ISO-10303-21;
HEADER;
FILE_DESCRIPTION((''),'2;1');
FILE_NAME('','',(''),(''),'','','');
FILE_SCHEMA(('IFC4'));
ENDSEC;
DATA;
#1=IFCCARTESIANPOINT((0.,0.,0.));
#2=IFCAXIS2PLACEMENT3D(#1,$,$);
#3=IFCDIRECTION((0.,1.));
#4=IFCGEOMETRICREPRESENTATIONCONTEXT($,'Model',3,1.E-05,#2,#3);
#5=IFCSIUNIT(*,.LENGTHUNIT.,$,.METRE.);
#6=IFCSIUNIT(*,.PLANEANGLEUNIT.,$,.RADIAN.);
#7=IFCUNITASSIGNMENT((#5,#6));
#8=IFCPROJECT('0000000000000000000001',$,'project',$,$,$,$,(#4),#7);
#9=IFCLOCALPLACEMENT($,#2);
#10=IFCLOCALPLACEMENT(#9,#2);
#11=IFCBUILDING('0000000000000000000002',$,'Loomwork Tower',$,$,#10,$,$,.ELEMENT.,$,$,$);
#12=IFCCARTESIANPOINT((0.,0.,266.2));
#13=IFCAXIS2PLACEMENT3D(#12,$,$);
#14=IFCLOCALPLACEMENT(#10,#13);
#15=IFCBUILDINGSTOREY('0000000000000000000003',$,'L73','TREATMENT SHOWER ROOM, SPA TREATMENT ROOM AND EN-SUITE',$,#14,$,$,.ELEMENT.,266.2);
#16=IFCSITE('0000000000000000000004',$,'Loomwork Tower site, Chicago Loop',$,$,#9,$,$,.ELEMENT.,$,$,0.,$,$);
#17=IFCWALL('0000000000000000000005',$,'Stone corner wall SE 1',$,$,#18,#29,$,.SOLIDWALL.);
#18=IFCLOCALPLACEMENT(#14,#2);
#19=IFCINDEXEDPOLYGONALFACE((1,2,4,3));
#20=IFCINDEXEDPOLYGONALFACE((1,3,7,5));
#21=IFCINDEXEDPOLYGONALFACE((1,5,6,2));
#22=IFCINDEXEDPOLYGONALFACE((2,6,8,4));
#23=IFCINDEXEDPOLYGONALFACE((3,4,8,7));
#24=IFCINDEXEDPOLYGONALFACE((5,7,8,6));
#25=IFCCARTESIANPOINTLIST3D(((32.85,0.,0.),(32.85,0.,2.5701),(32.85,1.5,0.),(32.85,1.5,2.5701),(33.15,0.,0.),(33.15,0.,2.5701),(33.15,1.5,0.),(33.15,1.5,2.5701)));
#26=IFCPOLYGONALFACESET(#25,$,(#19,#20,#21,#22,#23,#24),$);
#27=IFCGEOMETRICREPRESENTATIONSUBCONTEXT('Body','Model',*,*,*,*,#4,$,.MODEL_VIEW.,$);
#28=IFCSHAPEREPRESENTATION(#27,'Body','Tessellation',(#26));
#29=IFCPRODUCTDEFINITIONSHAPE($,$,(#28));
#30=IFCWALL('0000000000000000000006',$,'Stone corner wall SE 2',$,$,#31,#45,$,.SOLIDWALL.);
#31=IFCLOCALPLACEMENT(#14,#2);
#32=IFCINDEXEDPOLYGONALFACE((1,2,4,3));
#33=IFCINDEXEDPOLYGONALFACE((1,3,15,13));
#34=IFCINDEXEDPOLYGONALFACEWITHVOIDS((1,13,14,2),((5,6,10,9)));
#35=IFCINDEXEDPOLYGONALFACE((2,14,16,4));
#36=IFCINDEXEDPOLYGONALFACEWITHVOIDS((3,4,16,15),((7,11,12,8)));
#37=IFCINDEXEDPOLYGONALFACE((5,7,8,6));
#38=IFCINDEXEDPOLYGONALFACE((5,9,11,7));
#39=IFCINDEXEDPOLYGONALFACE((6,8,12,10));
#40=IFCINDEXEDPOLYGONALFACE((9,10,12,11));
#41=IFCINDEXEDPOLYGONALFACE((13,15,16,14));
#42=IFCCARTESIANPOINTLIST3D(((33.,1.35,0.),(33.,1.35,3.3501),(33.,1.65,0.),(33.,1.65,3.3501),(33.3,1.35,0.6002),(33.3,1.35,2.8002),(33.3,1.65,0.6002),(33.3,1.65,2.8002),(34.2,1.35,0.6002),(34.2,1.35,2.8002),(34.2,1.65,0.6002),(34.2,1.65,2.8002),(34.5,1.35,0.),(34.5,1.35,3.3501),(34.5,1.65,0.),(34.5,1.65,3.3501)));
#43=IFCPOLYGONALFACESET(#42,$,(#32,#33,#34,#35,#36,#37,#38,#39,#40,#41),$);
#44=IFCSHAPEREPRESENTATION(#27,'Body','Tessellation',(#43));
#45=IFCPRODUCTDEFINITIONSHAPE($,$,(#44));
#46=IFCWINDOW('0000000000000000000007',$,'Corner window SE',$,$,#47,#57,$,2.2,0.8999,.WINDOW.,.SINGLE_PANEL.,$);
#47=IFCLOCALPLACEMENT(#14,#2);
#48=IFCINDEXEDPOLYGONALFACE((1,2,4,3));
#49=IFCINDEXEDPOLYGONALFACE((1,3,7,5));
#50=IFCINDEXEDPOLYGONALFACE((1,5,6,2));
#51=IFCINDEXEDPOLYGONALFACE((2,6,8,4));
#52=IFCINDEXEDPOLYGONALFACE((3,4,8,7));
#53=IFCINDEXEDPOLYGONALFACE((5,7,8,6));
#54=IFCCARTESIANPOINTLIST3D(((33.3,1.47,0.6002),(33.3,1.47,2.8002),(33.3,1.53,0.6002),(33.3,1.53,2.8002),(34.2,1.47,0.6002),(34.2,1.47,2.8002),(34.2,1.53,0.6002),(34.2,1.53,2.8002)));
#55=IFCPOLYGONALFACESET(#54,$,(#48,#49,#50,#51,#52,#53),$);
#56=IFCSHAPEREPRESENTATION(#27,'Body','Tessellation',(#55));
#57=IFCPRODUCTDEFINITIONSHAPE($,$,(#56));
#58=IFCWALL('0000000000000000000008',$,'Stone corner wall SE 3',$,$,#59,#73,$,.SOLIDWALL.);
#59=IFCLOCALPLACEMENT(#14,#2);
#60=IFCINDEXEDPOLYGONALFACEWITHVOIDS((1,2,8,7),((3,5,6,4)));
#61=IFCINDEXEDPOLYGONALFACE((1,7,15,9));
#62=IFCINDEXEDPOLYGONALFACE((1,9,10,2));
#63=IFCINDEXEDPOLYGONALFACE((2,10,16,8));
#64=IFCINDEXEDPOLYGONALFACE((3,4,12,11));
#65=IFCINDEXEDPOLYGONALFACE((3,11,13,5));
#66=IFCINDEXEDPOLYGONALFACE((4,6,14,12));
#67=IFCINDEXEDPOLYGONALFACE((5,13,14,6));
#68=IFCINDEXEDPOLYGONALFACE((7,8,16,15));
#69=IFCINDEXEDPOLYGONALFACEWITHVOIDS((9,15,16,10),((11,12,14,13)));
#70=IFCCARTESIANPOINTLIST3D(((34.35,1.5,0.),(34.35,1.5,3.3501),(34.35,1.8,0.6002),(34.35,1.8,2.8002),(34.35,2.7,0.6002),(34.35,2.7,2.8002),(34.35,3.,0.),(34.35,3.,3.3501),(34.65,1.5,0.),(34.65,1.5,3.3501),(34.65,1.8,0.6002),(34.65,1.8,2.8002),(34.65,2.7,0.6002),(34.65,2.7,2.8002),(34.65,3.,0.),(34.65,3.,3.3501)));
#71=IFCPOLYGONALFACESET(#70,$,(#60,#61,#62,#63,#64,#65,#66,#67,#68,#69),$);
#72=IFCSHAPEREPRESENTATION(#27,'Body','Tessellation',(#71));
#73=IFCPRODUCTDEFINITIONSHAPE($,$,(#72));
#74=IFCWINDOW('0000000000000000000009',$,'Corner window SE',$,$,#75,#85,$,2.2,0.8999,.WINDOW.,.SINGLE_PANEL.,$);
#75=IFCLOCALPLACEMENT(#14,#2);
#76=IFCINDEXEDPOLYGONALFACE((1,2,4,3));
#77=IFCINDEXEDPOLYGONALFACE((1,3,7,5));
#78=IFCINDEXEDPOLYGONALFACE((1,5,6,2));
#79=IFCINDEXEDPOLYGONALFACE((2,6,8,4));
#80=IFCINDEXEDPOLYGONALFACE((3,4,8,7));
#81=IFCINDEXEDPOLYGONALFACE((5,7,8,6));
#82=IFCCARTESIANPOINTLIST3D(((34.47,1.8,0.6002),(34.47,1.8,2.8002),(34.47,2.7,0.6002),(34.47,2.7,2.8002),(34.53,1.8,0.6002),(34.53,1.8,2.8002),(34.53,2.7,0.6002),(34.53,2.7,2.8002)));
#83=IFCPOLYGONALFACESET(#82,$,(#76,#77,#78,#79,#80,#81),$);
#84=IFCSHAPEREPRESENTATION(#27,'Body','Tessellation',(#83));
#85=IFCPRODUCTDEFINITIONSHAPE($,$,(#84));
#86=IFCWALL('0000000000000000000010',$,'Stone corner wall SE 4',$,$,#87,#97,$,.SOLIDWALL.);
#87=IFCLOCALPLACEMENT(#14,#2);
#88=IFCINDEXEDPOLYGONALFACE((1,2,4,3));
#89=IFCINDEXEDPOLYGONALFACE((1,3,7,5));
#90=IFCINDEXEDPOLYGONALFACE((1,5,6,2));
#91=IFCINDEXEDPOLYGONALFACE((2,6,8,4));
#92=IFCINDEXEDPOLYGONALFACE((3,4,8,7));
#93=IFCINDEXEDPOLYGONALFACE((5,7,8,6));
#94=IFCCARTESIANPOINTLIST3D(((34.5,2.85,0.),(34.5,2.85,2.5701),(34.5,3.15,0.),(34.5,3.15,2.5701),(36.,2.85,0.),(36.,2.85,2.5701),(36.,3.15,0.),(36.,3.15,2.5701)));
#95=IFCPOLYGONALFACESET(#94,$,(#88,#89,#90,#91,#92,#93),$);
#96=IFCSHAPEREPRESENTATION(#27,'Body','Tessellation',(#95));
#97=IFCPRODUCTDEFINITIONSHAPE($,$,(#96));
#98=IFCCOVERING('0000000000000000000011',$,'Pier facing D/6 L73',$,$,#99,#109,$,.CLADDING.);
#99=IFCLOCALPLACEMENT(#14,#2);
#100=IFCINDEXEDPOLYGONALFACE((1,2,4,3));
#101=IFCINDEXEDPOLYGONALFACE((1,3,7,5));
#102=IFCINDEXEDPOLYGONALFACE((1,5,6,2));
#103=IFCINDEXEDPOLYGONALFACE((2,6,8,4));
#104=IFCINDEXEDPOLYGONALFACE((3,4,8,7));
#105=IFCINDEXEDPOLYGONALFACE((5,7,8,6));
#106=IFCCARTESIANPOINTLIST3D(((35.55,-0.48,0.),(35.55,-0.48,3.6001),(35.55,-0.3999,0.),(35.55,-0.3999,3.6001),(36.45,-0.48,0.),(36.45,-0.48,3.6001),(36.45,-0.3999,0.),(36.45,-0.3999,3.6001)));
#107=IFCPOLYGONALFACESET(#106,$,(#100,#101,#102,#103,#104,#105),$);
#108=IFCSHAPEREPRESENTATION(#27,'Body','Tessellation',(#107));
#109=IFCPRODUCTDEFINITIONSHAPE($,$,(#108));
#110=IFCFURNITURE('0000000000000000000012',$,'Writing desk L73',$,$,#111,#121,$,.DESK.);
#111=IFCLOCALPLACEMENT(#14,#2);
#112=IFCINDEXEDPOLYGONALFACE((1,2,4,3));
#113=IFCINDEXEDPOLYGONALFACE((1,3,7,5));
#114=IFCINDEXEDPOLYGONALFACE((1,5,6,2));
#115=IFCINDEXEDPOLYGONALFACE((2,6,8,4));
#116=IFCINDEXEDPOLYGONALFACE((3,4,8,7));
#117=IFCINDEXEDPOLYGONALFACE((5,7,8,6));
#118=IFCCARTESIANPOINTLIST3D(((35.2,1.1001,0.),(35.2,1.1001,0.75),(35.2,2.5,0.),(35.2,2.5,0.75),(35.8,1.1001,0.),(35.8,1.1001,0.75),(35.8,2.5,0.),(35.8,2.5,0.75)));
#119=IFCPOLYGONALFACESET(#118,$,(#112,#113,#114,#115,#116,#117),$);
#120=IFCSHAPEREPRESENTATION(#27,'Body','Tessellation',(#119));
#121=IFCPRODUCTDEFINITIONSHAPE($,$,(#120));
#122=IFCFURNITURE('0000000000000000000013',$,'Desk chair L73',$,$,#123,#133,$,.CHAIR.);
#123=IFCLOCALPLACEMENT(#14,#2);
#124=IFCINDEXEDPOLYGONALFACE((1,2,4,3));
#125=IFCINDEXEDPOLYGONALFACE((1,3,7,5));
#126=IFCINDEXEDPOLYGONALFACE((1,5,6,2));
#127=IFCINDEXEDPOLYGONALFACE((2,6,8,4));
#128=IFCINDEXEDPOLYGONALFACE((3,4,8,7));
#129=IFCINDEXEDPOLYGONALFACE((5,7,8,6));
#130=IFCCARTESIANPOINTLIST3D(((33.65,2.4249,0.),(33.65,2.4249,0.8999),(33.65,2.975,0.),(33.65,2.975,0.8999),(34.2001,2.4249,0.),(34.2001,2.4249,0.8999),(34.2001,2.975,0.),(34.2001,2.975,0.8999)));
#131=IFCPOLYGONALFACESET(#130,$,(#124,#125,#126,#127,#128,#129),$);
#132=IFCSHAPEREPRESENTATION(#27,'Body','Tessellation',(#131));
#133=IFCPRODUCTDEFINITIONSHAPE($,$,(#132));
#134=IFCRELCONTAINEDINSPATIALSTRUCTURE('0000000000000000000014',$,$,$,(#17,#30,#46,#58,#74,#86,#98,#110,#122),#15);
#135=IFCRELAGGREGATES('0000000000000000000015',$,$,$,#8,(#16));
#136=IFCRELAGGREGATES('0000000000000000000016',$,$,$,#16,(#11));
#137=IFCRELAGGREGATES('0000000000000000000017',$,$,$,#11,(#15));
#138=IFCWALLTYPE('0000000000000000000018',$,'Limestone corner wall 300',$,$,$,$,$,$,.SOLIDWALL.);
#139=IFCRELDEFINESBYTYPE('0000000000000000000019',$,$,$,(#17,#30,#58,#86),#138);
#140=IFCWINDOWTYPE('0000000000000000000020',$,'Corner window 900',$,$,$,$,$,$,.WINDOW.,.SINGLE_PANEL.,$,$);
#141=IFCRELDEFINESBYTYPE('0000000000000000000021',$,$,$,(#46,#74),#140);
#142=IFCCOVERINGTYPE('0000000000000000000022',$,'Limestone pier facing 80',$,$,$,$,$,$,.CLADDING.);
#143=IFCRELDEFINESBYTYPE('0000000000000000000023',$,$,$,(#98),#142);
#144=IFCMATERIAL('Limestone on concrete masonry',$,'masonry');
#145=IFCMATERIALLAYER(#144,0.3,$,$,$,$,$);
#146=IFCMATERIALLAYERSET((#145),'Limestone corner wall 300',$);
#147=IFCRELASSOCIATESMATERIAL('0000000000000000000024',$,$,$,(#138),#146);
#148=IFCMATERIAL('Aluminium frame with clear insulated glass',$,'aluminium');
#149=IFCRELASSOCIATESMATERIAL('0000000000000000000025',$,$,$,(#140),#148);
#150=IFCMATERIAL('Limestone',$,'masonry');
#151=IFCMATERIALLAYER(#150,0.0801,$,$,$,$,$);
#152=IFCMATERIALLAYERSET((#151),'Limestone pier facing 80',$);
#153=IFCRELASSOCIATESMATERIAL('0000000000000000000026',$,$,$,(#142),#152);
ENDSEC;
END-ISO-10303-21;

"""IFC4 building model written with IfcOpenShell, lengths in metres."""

from ifc_helpers import new_model, si_unit, direction, frame, frame_2d, origin, origin_2d, place, context, subcontext, project, spatial, rectangle, extrude, material, layer, layer_set, type_object, element, fill, save


model = new_model("IFC4")

# Units and contexts
model_context = context("Model", 3, precision=1e-05, world=origin(), true_north=direction((0.0, 1.0)))
body_context = subcontext(model_context, "Body", "Model", "MODEL_VIEW")
ifc_project = project(units=[si_unit("LENGTHUNIT", "METRE"), si_unit("PLANEANGLEUNIT", "RADIAN")], contexts=[model_context])

# Site, building, storey
site_placement = place(None, origin())
site = spatial("IfcSite", under=ifc_project, at=site_placement, Name="Loomwork Tower site, Chicago Loop", CompositionType="ELEMENT", RefElevation=0.0)
building_placement = place(site_placement, origin())
building = spatial("IfcBuilding", under=site, at=building_placement, Name="Loomwork Tower", CompositionType="ELEMENT")
storey_placement = place(building_placement, frame((0.0, 0.0, 266.2)))
storey = spatial("IfcBuildingStorey", under=building, at=storey_placement, Name="L73", Description="TREATMENT SHOWER ROOM, SPA TREATMENT ROOM AND EN-SUITE", CompositionType="ELEMENT", Elevation=266.2)

# Wall
ifc_material_1 = material(Name="Limestone on concrete masonry", Category="masonry")
ifc_layer_1 = layer(ifc_material_1, 0.3)
ifc_layer_set_1 = layer_set([ifc_layer_1], Name="Limestone corner wall 300")
wall_type_1 = type_object("IfcWallType", Name="Limestone corner wall 300", PredefinedType="SOLIDWALL", material=ifc_layer_set_1)
wall_1_placement = place(storey_placement, frame((33.0, 0.0, 0.0), z_axis=(0.0, 0.0, 1.0), x_axis=(0.0, 1.0, 0.0)))
element("IfcWall", 1, at=wall_1_placement, inside=storey, type_object=wall_type_1, Name="Stone corner wall SE 1", PredefinedType="SOLIDWALL", context=body_context, shape_type="SweptSolid", body=[
    extrude(rectangle(XDim=1.5, YDim=0.3, at=frame_2d((0.75, 0.0))), origin(), (0.0, 0.0, 1.0), 2.5701),
])

# Walls, openings, windows
wall_2_placement = place(storey_placement, frame((33.0, 1.5, 0.0), z_axis=(0.0, 0.0, 1.0), x_axis=(1.0, 0.0, 0.0)))
wall_2 = element("IfcWall", 2, at=wall_2_placement, inside=storey, type_object=wall_type_1, Name="Stone corner wall SE 2", PredefinedType="SOLIDWALL", context=body_context, shape_type="SweptSolid", body=[
    extrude(rectangle(XDim=1.5, YDim=0.3, at=frame_2d((0.75, 0.0))), origin(), (0.0, 0.0, 1.0), 3.3501),
])
opening_1_placement = place(wall_2_placement, frame((0.3, 0.0, 0.6001)))
opening_1 = element("IfcOpeningElement", 3, at=opening_1_placement, cuts=wall_2, PredefinedType="OPENING", context=body_context, shape_type="SweptSolid", body=[
    extrude(rectangle(XDim=0.8999, YDim=2.2, at=frame_2d((0.45, 1.1001))), frame((0.0, 0.1599, 0.0), z_axis=(0.0, -1.0, 0.0), x_axis=(1.0, 0.0, 0.0)), (0.0, 0.0, 1.0), 0.3201),
])
ifc_material_2 = material(Name="Aluminium frame with clear insulated glass", Category="aluminium")
window_type_1 = type_object("IfcWindowType", Name="Corner window 900", PartitioningType="SINGLE_PANEL", PredefinedType="WINDOW", material=ifc_material_2)
window_1_placement = place(opening_1_placement, origin())
window_1 = element("IfcWindow", 4, at=window_1_placement, inside=storey, type_object=window_type_1, Name="Corner window SE", OverallHeight=2.2, OverallWidth=0.8999, PartitioningType="SINGLE_PANEL", PredefinedType="WINDOW", context=body_context, shape_type="SweptSolid", body=[
    extrude(rectangle(XDim=0.8999, YDim=2.2, at=frame_2d((0.45, 1.1001))), frame((0.0, 0.03, 0.0), z_axis=(0.0, -1.0, 0.0), x_axis=(1.0, 0.0, 0.0)), (0.0, 0.0, 1.0), 0.0601),
])
fill(opening_1, window_1)
wall_3_placement = place(storey_placement, frame((34.5, 1.5, 0.0), z_axis=(0.0, 0.0, 1.0), x_axis=(0.0, 1.0, 0.0)))
wall_3 = element("IfcWall", 5, at=wall_3_placement, inside=storey, type_object=wall_type_1, Name="Stone corner wall SE 3", PredefinedType="SOLIDWALL", context=body_context, shape_type="SweptSolid", body=[
    extrude(rectangle(XDim=1.5, YDim=0.3, at=frame_2d((0.75, 0.0))), origin(), (0.0, 0.0, 1.0), 3.3501),
])
opening_2_placement = place(wall_3_placement, frame((0.3, 0.0, 0.6001)))
opening_2 = element("IfcOpeningElement", 6, at=opening_2_placement, cuts=wall_3, PredefinedType="OPENING", context=body_context, shape_type="SweptSolid", body=[
    extrude(rectangle(XDim=0.8999, YDim=2.2, at=frame_2d((0.45, 1.1001))), frame((0.0, 0.1599, 0.0), z_axis=(0.0, -1.0, 0.0), x_axis=(1.0, 0.0, 0.0)), (0.0, 0.0, 1.0), 0.3201),
])
window_2_placement = place(opening_2_placement, origin())
window_2 = element("IfcWindow", 7, at=window_2_placement, inside=storey, type_object=window_type_1, Name="Corner window SE", OverallHeight=2.2, OverallWidth=0.8999, PartitioningType="SINGLE_PANEL", PredefinedType="WINDOW", context=body_context, shape_type="SweptSolid", body=[
    extrude(rectangle(XDim=0.8999, YDim=2.2, at=frame_2d((0.45, 1.1001))), frame((0.0, 0.03, 0.0), z_axis=(0.0, -1.0, 0.0), x_axis=(1.0, 0.0, 0.0)), (0.0, 0.0, 1.0), 0.0601),
])
fill(opening_2, window_2)

# Wall
wall_4_placement = place(storey_placement, frame((34.5, 3.0, 0.0), z_axis=(0.0, 0.0, 1.0), x_axis=(1.0, 0.0, 0.0)))
element("IfcWall", 8, at=wall_4_placement, inside=storey, type_object=wall_type_1, Name="Stone corner wall SE 4", PredefinedType="SOLIDWALL", context=body_context, shape_type="SweptSolid", body=[
    extrude(rectangle(XDim=1.5, YDim=0.3, at=frame_2d((0.75, 0.0))), origin(), (0.0, 0.0, 1.0), 2.5701),
])

# Covering
ifc_material_3 = material(Name="Limestone", Category="masonry")
ifc_layer_2 = layer(ifc_material_3, 0.0801)
ifc_layer_set_2 = layer_set([ifc_layer_2], Name="Limestone pier facing 80")
covering_type = type_object("IfcCoveringType", Name="Limestone pier facing 80", PredefinedType="CLADDING", material=ifc_layer_set_2)
covering_placement = place(storey_placement, frame((36.0, -0.4399, 0.0), z_axis=(0.0, 0.0, 1.0), x_axis=(1.0, 0.0, 0.0)))
element("IfcCovering", 9, at=covering_placement, inside=storey, type_object=covering_type, Name="Pier facing D/6 L73", PredefinedType="CLADDING", context=body_context, shape_type="SweptSolid", body=[
    extrude(rectangle(XDim=0.8999, YDim=0.0801, at=origin_2d()), origin(), (0.0, 0.0, 1.0), 3.6001),
])

# Furniture
furniture_1_placement = place(storey_placement, frame((35.5, 1.8, 0.0), z_axis=(0.0, 0.0, 1.0), x_axis=(1.0, 0.0, 0.0)))
element("IfcFurniture", 10, at=furniture_1_placement, inside=storey, Name="Writing desk L73", PredefinedType="DESK", context=body_context, shape_type="SweptSolid", body=[
    extrude(rectangle(XDim=0.6001, YDim=1.3999, at=origin_2d()), origin(), (0.0, 0.0, 1.0), 0.75),
])
furniture_2_placement = place(storey_placement, frame((33.925, 2.7, 0.0), z_axis=(0.0, 0.0, 1.0), x_axis=(1.0, 0.0, 0.0)))
element("IfcFurniture", 11, at=furniture_2_placement, inside=storey, Name="Desk chair L73", PredefinedType="CHAIR", context=body_context, shape_type="SweptSolid", body=[
    extrude(rectangle(XDim=0.55, YDim=0.55, at=origin_2d()), origin(), (0.0, 0.0, 1.0), 0.8999),
])

save(model, "model.ifc")
